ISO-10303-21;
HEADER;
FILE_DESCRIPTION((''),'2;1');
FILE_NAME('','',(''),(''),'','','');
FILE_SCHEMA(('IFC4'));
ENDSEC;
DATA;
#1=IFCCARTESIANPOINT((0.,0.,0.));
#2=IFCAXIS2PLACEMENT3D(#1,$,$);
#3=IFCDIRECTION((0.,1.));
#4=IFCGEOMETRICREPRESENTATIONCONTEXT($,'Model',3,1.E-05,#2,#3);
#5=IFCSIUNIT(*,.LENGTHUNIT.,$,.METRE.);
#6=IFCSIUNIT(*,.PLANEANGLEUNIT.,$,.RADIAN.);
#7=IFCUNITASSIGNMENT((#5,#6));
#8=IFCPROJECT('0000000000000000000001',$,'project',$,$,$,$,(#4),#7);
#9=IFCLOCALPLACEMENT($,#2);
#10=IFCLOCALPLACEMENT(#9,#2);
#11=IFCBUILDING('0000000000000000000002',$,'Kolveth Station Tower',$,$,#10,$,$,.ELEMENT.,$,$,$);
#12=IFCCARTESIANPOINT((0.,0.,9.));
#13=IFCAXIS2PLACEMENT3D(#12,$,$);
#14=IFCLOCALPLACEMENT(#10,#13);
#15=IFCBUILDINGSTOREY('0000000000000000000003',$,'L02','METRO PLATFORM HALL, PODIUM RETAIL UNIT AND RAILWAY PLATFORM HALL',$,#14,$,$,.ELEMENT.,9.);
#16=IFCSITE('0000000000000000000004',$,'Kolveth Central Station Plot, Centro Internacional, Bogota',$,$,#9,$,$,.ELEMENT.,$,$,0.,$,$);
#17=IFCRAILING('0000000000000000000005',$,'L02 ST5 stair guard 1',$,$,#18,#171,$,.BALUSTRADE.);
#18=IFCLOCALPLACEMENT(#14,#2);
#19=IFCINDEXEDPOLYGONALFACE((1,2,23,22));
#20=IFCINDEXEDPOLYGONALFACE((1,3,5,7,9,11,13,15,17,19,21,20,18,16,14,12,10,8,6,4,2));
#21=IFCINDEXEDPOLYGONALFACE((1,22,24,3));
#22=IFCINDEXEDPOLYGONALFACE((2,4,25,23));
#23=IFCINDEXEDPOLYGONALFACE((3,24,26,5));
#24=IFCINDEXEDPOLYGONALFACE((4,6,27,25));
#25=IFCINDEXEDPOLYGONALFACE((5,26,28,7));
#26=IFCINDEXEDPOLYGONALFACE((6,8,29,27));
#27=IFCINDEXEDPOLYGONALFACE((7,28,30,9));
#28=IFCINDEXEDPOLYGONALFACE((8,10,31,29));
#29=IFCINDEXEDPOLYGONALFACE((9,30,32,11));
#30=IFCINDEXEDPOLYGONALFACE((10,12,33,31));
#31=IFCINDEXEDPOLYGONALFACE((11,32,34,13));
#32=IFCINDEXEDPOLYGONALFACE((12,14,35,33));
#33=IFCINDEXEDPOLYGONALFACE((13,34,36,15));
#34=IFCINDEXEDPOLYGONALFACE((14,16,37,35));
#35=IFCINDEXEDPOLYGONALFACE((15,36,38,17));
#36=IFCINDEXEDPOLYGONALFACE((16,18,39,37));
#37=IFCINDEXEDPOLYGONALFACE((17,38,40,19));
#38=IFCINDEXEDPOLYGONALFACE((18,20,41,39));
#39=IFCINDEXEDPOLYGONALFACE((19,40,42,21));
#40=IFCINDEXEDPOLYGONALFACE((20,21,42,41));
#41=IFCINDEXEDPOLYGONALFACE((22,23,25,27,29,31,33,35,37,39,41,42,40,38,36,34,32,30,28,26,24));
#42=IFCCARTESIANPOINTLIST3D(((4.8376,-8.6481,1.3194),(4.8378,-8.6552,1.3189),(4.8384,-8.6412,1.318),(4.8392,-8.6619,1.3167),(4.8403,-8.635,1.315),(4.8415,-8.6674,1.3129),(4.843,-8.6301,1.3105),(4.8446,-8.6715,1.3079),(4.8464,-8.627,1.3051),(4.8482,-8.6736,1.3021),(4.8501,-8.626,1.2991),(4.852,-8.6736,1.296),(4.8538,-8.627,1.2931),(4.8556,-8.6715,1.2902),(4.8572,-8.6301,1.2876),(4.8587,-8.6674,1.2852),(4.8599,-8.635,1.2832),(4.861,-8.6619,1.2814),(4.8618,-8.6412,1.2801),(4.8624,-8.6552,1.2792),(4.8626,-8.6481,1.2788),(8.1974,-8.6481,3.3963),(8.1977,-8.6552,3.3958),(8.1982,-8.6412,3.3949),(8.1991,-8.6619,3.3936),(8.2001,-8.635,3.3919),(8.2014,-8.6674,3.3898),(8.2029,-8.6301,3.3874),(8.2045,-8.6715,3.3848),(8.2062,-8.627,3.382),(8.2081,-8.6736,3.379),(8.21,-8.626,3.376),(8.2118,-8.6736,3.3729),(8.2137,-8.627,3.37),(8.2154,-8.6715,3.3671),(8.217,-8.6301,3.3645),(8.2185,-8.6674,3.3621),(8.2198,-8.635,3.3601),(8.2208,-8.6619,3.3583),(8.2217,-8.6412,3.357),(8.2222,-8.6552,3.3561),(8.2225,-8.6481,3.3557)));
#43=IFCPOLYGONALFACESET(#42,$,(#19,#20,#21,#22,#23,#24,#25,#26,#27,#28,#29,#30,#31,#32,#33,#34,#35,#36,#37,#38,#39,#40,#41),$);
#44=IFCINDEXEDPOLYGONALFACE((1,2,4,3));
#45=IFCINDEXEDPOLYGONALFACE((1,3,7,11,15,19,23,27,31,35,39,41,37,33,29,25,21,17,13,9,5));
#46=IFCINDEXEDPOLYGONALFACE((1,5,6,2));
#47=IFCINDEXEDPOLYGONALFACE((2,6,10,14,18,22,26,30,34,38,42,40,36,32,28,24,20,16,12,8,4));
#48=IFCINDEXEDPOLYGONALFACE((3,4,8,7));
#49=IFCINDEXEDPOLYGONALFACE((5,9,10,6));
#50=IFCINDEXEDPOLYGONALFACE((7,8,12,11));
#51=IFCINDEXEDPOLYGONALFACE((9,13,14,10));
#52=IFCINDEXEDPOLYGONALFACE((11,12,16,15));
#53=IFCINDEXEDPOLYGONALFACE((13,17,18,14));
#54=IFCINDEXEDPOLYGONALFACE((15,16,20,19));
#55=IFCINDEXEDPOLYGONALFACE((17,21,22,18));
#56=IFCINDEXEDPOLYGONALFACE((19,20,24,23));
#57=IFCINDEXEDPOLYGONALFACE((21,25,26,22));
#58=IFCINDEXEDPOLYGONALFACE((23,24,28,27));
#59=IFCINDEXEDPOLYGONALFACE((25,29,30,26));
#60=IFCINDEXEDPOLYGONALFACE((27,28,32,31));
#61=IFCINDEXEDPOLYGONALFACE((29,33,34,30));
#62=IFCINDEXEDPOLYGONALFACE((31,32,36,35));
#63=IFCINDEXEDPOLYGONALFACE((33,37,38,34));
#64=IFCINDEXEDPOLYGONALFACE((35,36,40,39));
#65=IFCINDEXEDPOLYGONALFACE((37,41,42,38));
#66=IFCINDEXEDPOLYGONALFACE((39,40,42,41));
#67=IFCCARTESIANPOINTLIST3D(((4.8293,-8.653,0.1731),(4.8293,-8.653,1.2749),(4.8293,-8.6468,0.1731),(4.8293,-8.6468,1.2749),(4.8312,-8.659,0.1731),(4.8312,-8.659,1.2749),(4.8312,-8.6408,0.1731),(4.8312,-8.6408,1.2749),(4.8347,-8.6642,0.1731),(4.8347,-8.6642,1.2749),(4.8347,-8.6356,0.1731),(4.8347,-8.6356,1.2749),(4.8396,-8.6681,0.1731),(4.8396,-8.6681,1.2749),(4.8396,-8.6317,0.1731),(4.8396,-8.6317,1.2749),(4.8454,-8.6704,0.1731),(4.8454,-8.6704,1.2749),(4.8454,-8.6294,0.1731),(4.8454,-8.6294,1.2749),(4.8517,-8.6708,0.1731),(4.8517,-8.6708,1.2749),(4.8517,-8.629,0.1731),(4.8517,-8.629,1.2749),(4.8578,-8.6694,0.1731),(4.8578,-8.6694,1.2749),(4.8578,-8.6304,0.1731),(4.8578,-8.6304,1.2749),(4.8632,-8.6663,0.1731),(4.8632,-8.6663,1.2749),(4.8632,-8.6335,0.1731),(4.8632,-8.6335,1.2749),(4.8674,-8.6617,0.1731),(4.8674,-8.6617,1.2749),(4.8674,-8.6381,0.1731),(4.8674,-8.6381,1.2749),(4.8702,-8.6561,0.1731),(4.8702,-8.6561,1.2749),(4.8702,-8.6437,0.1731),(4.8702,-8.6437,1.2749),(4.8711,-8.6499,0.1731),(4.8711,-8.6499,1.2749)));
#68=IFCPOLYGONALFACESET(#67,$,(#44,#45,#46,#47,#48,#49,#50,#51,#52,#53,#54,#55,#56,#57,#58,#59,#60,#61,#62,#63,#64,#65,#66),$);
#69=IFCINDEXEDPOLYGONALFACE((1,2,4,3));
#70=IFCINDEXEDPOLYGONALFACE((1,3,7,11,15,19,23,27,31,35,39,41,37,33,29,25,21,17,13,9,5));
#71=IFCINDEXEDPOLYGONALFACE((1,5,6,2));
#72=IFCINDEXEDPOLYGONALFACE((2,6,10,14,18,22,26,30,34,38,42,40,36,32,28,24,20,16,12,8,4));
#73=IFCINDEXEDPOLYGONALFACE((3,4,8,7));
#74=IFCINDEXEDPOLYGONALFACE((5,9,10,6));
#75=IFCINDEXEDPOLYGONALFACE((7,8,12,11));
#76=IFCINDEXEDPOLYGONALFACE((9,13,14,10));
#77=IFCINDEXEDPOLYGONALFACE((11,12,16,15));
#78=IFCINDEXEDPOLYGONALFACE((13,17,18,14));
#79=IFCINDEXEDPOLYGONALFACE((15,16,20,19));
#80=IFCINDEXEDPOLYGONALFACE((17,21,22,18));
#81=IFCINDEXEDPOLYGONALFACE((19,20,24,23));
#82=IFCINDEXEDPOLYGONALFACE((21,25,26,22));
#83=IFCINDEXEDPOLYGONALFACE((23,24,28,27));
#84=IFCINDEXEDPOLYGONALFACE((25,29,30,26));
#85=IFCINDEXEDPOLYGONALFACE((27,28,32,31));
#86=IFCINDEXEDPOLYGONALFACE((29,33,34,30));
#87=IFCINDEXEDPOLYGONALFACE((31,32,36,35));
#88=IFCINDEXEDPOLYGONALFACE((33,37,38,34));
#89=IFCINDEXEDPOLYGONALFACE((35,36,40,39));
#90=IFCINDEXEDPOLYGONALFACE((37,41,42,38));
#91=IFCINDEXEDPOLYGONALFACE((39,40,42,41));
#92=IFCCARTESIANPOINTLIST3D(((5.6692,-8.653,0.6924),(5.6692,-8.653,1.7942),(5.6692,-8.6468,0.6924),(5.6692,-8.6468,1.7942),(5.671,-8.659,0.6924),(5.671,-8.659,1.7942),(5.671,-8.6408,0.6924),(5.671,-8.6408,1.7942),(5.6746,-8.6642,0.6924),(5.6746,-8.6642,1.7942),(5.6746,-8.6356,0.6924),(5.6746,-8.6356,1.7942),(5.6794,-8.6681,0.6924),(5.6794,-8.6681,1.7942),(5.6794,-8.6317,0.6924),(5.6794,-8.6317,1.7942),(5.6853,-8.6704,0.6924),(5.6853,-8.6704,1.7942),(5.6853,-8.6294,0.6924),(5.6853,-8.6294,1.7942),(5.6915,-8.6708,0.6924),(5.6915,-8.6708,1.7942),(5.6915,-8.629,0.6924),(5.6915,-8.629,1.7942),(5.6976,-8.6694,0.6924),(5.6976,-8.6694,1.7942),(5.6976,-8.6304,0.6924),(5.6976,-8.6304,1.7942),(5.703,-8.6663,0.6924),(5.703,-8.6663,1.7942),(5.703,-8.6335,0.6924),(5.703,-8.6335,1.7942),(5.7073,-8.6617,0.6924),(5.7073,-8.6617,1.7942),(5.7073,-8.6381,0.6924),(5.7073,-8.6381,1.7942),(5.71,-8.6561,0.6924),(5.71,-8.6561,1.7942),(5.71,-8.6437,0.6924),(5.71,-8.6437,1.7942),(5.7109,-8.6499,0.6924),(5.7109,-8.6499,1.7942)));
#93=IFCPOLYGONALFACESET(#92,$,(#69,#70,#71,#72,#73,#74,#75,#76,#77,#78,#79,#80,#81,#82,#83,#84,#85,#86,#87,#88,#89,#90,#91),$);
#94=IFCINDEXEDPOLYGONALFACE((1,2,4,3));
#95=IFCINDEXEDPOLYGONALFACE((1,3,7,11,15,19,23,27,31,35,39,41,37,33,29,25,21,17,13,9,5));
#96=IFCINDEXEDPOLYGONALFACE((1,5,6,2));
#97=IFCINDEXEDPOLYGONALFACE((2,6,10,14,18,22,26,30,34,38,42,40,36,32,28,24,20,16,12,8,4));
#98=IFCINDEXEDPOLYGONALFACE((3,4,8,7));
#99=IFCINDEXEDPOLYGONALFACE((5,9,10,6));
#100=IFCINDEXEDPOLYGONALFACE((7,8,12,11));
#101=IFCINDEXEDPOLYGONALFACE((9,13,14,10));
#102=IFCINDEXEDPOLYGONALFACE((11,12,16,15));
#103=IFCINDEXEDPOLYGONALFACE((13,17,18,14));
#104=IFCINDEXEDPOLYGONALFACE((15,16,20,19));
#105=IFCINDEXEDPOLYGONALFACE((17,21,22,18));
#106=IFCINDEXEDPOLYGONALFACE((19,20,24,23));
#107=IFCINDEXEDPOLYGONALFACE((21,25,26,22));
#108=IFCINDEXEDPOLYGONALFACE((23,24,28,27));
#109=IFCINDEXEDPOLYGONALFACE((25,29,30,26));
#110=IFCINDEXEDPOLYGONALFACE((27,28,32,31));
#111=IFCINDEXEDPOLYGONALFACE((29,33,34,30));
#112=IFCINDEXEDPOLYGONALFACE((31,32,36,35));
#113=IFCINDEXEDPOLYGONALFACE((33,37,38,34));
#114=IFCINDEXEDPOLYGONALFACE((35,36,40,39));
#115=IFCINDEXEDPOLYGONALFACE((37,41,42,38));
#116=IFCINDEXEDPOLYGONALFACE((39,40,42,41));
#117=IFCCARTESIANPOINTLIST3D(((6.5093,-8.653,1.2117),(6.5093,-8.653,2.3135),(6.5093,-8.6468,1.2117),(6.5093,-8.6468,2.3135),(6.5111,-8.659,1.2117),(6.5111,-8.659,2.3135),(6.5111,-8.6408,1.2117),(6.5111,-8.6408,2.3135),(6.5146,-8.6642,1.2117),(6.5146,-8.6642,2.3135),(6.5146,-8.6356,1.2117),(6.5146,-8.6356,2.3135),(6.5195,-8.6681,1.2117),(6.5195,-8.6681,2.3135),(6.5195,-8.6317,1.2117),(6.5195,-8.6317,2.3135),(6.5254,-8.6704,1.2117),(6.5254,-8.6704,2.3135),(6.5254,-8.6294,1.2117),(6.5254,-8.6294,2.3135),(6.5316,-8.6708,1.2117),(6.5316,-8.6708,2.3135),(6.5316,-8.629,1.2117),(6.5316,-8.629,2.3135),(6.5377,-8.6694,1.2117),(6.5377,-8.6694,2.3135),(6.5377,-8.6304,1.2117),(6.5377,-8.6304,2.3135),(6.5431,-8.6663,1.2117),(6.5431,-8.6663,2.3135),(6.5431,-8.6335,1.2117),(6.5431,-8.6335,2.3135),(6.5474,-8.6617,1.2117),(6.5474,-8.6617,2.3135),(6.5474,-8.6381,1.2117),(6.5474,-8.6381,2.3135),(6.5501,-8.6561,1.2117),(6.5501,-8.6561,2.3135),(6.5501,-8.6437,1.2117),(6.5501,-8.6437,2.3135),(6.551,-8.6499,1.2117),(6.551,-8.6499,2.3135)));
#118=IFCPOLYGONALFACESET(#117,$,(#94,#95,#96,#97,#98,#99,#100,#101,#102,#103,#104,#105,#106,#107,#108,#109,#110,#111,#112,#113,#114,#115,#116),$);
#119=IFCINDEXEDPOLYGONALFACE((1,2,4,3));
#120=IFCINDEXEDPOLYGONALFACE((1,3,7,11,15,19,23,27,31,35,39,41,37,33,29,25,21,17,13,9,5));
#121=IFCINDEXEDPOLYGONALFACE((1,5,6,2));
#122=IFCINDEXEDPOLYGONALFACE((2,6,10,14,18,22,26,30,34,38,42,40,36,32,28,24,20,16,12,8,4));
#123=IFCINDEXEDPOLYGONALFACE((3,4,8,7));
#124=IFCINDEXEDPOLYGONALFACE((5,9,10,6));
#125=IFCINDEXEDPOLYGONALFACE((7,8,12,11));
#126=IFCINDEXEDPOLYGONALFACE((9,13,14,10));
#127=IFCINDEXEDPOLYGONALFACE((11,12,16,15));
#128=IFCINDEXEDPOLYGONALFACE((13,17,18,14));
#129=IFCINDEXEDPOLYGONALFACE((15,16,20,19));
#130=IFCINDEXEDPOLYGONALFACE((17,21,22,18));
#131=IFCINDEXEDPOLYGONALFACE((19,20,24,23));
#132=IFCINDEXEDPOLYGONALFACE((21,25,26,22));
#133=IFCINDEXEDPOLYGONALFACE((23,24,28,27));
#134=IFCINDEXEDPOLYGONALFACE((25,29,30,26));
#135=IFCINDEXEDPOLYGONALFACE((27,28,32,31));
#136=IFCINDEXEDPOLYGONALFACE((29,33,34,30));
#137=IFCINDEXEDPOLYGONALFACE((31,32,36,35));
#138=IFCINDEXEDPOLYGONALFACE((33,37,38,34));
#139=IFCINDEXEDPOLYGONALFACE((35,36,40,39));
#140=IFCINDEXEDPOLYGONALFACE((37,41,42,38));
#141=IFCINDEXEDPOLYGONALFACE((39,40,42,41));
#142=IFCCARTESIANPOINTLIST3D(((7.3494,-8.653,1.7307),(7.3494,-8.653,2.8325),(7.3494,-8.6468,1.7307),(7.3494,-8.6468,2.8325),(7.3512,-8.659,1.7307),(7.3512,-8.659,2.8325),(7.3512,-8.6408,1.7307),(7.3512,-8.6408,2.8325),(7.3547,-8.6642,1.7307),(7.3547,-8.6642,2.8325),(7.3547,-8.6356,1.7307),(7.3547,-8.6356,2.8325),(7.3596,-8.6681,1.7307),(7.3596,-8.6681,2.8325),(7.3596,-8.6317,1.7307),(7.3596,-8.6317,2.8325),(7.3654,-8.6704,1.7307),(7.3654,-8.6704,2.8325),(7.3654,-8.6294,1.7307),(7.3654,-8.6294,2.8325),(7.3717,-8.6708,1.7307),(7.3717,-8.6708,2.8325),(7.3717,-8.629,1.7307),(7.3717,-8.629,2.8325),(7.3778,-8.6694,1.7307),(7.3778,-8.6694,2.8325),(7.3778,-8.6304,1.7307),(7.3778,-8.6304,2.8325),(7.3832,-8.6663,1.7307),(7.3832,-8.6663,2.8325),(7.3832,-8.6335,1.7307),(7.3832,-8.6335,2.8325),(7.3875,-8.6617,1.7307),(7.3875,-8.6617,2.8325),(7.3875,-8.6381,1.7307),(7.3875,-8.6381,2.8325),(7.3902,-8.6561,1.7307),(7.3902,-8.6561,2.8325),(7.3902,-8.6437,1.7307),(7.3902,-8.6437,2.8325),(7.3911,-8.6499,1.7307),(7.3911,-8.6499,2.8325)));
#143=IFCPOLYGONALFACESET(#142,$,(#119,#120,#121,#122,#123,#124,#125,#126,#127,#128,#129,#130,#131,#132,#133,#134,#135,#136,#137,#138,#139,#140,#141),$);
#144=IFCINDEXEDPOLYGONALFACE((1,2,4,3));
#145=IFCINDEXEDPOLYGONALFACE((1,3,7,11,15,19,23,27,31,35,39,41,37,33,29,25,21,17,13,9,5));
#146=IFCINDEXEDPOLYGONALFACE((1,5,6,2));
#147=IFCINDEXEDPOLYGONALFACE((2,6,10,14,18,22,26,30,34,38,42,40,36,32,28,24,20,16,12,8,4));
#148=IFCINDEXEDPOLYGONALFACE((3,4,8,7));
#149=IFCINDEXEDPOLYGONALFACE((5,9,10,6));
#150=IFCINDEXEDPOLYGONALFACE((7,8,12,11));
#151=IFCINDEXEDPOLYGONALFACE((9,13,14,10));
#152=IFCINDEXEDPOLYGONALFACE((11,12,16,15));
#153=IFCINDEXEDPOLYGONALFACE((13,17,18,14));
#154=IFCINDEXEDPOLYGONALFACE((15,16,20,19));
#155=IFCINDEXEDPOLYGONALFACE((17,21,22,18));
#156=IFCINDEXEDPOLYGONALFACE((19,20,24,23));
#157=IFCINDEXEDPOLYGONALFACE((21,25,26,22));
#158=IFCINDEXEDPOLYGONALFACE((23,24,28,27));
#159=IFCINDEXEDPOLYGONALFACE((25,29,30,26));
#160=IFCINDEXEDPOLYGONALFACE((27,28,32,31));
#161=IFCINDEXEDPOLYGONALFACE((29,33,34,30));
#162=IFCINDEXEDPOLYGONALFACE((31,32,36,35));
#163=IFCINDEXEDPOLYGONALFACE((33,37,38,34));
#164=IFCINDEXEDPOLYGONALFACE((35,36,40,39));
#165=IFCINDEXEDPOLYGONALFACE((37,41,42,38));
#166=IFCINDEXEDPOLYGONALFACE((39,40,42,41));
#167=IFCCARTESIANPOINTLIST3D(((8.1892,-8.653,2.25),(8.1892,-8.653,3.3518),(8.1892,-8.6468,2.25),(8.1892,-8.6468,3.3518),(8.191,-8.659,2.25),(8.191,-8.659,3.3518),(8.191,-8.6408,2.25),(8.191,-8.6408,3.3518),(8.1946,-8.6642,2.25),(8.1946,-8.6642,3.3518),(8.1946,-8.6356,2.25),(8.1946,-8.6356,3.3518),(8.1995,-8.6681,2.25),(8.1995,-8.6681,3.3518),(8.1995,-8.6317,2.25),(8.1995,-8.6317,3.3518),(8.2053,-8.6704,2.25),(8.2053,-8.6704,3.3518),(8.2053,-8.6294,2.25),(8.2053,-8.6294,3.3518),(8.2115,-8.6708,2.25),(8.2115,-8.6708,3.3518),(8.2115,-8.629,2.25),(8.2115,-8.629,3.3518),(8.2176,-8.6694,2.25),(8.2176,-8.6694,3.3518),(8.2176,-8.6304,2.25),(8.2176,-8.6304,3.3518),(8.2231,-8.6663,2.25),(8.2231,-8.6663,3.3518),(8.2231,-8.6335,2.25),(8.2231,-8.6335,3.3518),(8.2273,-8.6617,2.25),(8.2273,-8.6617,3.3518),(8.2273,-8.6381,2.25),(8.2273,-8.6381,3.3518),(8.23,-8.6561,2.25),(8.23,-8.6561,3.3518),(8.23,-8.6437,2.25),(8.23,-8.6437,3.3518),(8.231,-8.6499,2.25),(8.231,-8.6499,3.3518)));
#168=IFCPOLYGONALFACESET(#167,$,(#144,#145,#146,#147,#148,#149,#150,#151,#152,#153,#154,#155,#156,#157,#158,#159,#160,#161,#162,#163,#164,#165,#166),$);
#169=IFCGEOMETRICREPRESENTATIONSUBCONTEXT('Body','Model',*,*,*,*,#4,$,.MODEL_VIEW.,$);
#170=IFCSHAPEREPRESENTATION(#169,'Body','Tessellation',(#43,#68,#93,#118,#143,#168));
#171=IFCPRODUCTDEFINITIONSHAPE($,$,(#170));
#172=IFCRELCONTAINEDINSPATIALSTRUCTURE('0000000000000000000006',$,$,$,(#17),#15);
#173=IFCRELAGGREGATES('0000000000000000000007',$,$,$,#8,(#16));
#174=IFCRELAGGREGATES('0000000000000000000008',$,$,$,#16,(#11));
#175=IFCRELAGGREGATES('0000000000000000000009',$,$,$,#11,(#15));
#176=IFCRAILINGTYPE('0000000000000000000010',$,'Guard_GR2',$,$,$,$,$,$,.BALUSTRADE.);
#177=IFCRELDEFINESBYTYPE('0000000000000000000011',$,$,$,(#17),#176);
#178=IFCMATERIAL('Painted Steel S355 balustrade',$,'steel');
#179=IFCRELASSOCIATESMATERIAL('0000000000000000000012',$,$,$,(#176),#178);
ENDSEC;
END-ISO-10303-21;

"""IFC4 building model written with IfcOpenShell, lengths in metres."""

from ifc_helpers import new_model, si_unit, direction, frame, origin, origin_2d, place, context, subcontext, project, spatial, circle, extrude, material, type_object, element, save


model = new_model("IFC4")

# Units and contexts
model_context = context("Model", 3, precision=1e-05, world=origin(), true_north=direction((0.0, 1.0)))
body_context = subcontext(model_context, "Body", "Model", "MODEL_VIEW")
ifc_project = project(units=[si_unit("LENGTHUNIT", "METRE"), si_unit("PLANEANGLEUNIT", "RADIAN")], contexts=[model_context])

# Site, building, storey
site_placement = place(None, origin())
site = spatial("IfcSite", under=ifc_project, at=site_placement, Name="Kolveth Central Station Plot, Centro Internacional, Bogota", CompositionType="ELEMENT", RefElevation=0.0)
building_placement = place(site_placement, origin())
building = spatial("IfcBuilding", under=site, at=building_placement, Name="Kolveth Station Tower", CompositionType="ELEMENT")
storey_placement = place(building_placement, frame((0.0, 0.0, 9.0)))
storey = spatial("IfcBuildingStorey", under=building, at=storey_placement, Name="L02", Description="METRO PLATFORM HALL, PODIUM RETAIL UNIT AND RAILWAY PLATFORM HALL", CompositionType="ELEMENT", Elevation=9.0)

# Railing
ifc_material_1 = material(Name="Painted Steel S355 balustrade", Category="steel")
railing_type_1 = type_object("IfcRailingType", Name="Guard_GR2", PredefinedType="BALUSTRADE", material=ifc_material_1)
railing_1_placement = place(storey_placement, frame((4.8501, -8.6499, 0.1731)))
element("IfcRailing", 1, at=railing_1_placement, inside=storey, type_object=railing_type_1, Name="L02 ST5 stair guard 1", PredefinedType="BALUSTRADE", context=body_context, shape_type="SweptSolid", body=[
    extrude(circle(Radius=0.0239, at=origin_2d()), frame((0.0, 0.0, 1.126), z_axis=(0.850606, 0.0, 0.525803), x_axis=(0.0, 1.0, 0.0)), (0.0, 0.0, 1.0), 3.95),
    extrude(circle(Radius=0.021, at=origin_2d()), origin(), (0.0, 0.0, 1.0), 1.1018),
    extrude(circle(Radius=0.021, at=origin_2d()), frame((0.8398, 0.0, 0.5193)), (0.0, 0.0, 1.0), 1.1018),
    extrude(circle(Radius=0.021, at=origin_2d()), frame((1.6799, 0.0, 1.0386)), (0.0, 0.0, 1.0), 1.1018),
    extrude(circle(Radius=0.021, at=origin_2d()), frame((2.52, 0.0, 1.5576)), (0.0, 0.0, 1.0), 1.1018),
    extrude(circle(Radius=0.021, at=origin_2d()), frame((3.3599, 0.0, 2.0769)), (0.0, 0.0, 1.0), 1.1018),
])

save(model, "model.ifc")
